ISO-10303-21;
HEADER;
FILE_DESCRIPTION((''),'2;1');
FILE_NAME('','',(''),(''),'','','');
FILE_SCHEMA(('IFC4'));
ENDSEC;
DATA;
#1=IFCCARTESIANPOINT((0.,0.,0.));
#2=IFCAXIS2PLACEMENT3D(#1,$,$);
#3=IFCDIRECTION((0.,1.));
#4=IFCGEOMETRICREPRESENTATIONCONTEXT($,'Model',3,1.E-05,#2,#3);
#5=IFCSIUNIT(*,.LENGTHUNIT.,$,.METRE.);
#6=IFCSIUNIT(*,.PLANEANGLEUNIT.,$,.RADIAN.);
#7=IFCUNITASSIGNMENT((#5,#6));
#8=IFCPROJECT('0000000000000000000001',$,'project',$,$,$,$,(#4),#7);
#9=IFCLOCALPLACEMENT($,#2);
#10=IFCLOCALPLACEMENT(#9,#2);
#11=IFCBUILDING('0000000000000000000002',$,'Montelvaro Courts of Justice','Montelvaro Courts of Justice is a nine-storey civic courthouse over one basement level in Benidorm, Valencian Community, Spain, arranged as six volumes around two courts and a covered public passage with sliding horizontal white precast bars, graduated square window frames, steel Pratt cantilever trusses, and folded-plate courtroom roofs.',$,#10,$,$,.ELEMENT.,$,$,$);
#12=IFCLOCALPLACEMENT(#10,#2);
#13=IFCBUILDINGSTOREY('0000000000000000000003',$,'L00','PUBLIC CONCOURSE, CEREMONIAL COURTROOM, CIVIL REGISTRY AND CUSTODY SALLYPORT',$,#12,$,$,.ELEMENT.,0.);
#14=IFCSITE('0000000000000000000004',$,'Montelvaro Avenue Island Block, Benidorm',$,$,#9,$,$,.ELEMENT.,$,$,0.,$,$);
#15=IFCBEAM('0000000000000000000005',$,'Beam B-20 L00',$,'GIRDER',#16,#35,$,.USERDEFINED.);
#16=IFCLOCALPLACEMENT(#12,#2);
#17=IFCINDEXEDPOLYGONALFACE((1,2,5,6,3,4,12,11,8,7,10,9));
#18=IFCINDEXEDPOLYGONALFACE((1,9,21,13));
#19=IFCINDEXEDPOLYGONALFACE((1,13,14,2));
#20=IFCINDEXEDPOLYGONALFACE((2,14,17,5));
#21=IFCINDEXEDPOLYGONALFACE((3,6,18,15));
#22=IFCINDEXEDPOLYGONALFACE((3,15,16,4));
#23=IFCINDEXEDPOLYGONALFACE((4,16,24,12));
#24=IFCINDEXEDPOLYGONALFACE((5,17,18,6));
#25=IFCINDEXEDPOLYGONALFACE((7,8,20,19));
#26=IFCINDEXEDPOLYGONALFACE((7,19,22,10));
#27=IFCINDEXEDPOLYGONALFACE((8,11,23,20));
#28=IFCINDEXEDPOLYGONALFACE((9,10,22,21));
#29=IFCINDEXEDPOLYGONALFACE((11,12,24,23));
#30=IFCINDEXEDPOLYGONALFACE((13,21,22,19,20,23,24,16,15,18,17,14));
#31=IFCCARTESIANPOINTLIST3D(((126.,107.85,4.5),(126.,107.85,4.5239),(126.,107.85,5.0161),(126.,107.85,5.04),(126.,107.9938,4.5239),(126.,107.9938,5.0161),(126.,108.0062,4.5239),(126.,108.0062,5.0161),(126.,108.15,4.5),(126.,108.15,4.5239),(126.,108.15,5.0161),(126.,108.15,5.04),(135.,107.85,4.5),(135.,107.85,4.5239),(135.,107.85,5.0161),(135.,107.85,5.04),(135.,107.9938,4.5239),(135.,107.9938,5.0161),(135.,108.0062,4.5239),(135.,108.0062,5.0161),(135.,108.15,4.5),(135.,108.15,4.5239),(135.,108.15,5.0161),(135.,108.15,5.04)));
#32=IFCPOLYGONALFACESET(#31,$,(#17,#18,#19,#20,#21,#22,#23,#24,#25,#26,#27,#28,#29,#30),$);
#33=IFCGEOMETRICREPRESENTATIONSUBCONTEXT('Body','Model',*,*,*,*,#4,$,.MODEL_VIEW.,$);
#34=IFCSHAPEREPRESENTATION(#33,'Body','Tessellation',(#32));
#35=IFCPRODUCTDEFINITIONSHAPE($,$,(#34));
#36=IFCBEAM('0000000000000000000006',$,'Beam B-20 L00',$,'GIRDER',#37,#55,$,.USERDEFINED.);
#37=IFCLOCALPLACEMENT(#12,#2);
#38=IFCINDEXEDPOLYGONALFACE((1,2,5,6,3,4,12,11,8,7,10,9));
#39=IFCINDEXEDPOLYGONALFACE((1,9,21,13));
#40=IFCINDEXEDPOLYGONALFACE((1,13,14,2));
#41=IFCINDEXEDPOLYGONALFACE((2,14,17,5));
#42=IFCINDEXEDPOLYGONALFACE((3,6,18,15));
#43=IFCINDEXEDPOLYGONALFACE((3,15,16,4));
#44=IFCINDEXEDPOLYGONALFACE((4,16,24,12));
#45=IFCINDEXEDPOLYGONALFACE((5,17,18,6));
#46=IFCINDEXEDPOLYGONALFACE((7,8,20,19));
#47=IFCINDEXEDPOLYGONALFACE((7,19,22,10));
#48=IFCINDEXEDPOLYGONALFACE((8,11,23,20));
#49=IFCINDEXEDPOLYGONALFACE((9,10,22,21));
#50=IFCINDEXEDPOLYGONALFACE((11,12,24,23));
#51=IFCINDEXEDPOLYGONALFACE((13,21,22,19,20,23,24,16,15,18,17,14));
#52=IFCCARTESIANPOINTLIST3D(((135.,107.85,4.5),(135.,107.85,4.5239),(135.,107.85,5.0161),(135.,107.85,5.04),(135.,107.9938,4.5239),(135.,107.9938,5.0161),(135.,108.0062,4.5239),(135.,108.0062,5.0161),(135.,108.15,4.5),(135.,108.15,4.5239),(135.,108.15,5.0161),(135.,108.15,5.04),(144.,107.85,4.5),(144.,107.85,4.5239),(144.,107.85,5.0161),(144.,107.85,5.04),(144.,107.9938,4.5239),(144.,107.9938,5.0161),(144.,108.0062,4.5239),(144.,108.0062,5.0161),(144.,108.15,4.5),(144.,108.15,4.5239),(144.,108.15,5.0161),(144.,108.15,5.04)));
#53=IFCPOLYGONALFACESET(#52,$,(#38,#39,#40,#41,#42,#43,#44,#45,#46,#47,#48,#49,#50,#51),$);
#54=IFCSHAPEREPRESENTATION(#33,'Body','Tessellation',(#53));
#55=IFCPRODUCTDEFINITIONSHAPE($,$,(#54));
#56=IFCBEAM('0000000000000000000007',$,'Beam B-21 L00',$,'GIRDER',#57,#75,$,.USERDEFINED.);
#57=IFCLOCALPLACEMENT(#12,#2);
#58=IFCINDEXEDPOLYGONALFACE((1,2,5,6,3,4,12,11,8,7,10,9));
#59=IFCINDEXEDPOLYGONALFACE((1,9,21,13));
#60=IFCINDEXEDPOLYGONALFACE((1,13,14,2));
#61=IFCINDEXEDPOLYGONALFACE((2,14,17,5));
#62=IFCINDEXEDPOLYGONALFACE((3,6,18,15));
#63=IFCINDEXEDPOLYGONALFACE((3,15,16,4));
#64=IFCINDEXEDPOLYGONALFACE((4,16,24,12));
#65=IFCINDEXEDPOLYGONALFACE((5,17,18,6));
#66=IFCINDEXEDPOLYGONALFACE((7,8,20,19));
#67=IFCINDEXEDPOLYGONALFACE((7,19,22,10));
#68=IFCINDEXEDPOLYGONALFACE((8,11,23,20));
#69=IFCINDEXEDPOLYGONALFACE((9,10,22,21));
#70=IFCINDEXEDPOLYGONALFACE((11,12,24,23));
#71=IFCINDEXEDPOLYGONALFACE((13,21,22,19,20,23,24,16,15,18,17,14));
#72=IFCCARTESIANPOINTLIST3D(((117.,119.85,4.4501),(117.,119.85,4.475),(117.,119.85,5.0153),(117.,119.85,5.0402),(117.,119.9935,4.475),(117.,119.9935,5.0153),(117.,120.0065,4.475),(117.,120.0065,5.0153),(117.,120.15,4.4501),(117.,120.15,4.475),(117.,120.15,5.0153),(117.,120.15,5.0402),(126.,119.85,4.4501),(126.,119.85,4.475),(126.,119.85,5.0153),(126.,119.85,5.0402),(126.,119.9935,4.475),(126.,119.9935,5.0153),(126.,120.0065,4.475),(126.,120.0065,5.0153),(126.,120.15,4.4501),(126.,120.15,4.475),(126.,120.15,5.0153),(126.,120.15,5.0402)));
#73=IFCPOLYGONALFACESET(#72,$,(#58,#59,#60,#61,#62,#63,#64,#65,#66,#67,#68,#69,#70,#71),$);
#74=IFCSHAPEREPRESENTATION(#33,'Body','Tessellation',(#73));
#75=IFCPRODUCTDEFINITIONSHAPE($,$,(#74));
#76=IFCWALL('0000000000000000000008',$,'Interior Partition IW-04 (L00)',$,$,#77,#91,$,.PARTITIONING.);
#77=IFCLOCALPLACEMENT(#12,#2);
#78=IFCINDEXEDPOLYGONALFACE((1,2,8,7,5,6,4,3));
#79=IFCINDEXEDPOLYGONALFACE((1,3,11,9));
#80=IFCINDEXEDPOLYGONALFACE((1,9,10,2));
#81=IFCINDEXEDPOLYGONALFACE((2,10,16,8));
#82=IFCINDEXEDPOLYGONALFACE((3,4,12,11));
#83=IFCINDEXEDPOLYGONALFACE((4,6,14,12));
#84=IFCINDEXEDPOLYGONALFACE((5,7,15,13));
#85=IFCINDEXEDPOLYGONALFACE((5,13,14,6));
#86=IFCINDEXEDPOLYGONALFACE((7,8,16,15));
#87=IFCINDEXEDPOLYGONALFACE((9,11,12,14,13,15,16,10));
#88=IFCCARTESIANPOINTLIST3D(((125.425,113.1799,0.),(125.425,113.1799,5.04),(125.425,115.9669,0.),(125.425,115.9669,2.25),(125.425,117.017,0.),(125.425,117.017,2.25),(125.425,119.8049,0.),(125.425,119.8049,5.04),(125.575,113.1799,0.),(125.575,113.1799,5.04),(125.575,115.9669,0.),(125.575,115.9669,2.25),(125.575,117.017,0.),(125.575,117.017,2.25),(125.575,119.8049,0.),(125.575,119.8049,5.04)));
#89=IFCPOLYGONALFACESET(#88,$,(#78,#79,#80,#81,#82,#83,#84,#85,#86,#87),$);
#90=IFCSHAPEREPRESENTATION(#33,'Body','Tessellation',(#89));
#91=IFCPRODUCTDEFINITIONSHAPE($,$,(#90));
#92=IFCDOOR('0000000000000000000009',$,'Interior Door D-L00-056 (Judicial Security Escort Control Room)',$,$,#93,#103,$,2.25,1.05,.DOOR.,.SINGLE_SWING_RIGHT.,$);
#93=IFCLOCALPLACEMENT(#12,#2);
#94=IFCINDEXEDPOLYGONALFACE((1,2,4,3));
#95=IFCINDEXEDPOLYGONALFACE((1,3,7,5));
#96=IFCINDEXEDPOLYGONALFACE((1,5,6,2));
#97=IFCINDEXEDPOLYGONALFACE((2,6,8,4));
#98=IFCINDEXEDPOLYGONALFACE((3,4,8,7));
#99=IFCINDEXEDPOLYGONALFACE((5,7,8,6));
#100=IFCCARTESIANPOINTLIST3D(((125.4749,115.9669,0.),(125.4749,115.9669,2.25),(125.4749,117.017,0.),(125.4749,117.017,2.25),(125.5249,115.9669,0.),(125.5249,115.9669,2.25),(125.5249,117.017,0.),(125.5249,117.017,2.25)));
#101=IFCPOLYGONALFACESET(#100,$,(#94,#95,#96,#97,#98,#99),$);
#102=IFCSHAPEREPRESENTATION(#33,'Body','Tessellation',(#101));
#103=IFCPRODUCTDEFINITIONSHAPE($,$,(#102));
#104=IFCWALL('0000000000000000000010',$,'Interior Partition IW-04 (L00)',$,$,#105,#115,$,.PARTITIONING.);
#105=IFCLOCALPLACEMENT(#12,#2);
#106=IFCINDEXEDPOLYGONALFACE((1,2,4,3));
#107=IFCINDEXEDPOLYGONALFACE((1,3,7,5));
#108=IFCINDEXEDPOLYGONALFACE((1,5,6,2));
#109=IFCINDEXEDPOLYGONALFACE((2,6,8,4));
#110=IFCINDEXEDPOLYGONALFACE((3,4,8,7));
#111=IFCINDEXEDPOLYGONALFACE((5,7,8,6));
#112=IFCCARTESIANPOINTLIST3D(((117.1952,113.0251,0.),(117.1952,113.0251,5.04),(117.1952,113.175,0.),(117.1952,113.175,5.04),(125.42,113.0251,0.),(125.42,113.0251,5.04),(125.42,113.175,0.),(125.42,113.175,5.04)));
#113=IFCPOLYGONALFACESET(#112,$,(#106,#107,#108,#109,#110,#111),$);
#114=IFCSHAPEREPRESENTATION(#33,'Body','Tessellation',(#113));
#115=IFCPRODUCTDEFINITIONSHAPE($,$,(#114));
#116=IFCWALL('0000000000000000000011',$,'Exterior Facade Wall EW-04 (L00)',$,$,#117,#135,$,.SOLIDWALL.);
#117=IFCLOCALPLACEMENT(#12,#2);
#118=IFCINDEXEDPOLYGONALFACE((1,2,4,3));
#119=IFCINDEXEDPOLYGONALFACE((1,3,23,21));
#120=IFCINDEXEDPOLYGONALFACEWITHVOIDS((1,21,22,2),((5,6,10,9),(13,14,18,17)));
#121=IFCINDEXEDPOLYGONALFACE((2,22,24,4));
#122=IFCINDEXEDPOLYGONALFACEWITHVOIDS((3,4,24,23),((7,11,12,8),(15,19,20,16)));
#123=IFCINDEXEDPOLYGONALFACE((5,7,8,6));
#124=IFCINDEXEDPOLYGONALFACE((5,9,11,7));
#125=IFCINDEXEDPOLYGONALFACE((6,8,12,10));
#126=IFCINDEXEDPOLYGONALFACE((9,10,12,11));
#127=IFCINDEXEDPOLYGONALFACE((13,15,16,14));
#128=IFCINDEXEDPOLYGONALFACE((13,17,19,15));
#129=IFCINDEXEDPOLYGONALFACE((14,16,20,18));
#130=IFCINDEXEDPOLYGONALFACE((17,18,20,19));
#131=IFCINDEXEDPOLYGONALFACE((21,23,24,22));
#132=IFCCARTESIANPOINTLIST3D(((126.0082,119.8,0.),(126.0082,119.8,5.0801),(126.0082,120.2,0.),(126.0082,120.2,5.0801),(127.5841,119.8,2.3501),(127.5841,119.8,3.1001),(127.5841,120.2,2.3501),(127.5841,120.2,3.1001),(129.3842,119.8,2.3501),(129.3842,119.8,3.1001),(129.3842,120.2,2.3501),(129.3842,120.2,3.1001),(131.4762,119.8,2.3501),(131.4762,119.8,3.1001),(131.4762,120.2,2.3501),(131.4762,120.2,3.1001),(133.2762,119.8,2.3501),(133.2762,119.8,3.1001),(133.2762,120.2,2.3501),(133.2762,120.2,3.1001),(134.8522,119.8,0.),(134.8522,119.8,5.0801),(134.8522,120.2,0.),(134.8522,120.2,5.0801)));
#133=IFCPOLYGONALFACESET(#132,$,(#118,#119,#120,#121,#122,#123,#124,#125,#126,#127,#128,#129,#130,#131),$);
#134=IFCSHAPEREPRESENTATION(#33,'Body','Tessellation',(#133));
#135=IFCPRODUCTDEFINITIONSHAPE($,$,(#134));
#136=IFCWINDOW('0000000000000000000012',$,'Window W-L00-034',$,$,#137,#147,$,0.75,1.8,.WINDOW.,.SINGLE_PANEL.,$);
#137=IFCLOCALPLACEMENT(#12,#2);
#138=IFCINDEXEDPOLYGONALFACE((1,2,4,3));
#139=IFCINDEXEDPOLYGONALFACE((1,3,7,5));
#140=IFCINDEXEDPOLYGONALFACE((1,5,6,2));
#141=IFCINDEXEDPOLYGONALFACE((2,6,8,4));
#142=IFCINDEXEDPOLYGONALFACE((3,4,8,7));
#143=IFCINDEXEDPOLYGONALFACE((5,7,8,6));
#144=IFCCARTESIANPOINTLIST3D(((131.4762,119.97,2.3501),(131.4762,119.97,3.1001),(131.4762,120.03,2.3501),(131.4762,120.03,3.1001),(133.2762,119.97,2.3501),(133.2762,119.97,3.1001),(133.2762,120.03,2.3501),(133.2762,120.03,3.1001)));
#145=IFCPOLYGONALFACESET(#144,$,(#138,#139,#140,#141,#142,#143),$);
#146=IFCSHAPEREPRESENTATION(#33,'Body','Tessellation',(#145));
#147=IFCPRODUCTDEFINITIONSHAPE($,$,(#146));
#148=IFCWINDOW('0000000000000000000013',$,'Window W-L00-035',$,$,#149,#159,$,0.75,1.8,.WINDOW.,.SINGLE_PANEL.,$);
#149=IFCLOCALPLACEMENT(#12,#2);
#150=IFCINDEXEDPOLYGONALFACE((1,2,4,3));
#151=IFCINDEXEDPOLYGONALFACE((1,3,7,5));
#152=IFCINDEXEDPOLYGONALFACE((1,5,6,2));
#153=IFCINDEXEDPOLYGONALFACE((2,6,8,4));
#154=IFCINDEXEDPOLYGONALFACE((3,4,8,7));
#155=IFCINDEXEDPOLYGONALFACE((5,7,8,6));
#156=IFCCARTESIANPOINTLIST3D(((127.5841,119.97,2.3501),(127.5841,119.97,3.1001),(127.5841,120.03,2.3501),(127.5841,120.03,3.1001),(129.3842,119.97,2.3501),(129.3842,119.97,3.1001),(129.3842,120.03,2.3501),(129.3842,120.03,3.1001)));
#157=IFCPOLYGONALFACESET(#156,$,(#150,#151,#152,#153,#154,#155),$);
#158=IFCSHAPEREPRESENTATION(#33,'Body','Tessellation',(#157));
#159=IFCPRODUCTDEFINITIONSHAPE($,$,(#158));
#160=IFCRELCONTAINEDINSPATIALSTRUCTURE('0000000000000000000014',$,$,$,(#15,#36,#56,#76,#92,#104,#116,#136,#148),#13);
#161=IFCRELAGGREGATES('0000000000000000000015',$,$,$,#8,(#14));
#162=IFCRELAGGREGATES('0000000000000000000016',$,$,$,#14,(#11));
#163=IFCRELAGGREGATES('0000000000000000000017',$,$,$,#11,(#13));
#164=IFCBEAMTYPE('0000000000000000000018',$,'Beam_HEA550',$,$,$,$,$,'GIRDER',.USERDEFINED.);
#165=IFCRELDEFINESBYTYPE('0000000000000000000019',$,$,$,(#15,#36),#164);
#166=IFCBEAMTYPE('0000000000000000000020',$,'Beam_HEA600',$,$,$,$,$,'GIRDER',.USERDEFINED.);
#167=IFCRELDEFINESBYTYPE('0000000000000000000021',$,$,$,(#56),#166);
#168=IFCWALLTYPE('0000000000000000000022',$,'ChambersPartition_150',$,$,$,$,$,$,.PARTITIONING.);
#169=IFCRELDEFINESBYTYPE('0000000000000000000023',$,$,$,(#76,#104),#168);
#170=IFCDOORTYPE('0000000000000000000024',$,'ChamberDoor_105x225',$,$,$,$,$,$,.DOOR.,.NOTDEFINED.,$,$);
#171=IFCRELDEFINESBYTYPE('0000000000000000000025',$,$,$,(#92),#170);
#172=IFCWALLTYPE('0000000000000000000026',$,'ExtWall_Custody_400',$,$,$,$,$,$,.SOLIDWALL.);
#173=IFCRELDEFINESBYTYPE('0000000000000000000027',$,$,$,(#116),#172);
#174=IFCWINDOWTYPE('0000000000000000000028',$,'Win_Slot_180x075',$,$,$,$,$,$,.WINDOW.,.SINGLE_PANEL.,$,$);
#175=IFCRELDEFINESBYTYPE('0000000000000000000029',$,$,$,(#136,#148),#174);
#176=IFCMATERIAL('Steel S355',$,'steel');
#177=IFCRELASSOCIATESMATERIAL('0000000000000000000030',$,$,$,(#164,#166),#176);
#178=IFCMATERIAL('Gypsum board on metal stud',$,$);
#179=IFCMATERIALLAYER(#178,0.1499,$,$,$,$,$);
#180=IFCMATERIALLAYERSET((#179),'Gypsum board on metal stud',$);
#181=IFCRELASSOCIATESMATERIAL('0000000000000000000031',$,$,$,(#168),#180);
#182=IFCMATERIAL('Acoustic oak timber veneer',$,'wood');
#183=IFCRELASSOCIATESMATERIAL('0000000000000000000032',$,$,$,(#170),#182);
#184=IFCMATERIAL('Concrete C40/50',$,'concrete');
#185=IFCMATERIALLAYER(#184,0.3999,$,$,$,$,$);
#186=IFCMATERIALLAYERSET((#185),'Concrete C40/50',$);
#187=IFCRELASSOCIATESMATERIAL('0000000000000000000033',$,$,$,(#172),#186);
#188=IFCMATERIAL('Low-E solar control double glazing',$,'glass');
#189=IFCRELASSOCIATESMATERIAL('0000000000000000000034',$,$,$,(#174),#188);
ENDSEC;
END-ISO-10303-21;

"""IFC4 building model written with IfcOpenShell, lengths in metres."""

from ifc_helpers import new_model, si_unit, direction, frame, frame_2d, origin, origin_2d, place, context, subcontext, project, spatial, rectangle, i_section, extrude, material, layer, layer_set, material_profile, profile_set, type_object, element, fill, save


model = new_model("IFC4")

# Units and contexts
model_context = context("Model", 3, precision=1e-05, world=origin(), true_north=direction((0.0, 1.0)))
body_context = subcontext(model_context, "Body", "Model", "MODEL_VIEW")
ifc_project = project(units=[si_unit("LENGTHUNIT", "METRE"), si_unit("PLANEANGLEUNIT", "RADIAN")], contexts=[model_context])

# Site, building, storey
site_placement = place(None, origin())
site = spatial("IfcSite", under=ifc_project, at=site_placement, Name="Montelvaro Avenue Island Block, Benidorm", CompositionType="ELEMENT", RefElevation=0.0)
building_placement = place(site_placement, origin())
building = spatial("IfcBuilding", under=site, at=building_placement, Name="Montelvaro Courts of Justice", Description="Montelvaro Courts of Justice is a nine-storey civic courthouse over one basement level in Benidorm, Valencian Community, Spain, arranged as six volumes around two courts and a covered public passage with sliding horizontal white precast bars, graduated square window frames, steel Pratt cantilever trusses, and folded-plate courtroom roofs.", CompositionType="ELEMENT")
storey_placement = place(building_placement, origin())
storey = spatial("IfcBuildingStorey", under=building, at=storey_placement, Name="L00", Description="PUBLIC CONCOURSE, CEREMONIAL COURTROOM, CIVIL REGISTRY AND CUSTODY SALLYPORT", CompositionType="ELEMENT", Elevation=0.0)

# Shared definitions
ifc_material_1 = material(Name="Steel S355", Category="steel")

# Beams
ifc_material_profile_1 = material_profile(ifc_material_1, i_section(OverallWidth=0.3, OverallDepth=0.54, WebThickness=0.0125, FlangeThickness=0.0239, at=origin_2d()), Name="HEA 550")
ifc_profile_set_1 = profile_set([ifc_material_profile_1], Name="Steel S355")
beam_type_1 = type_object("IfcBeamType", Name="Beam_HEA550", ElementType="GIRDER", PredefinedType="USERDEFINED", material=ifc_profile_set_1)
for number, where, z_axis, x_axis, name in (
    (1, (126.0, 108.0, 4.77), (1.0, 0.0, 0.0), (0.0, 1.0, 0.0), "Beam B-20 L00"),
    (2, (135.0, 108.0, 4.77), (1.0, 0.0, 0.0), (0.0, 1.0, 0.0), "Beam B-20 L00"),
):
    element("IfcBeam", number, at=place(storey_placement, frame(where, z_axis=z_axis, x_axis=x_axis)), inside=storey, type_object=beam_type_1, Name=name, ObjectType="GIRDER", PredefinedType="USERDEFINED", context=body_context, shape_type="SweptSolid", body=[
        extrude(i_section(OverallWidth=0.3, OverallDepth=0.54, WebThickness=0.0125, FlangeThickness=0.0239, at=origin_2d()), origin(), (0.0, 0.0, 1.0), 9.0),
    ])
ifc_material_profile_2 = material_profile(ifc_material_1, i_section(OverallWidth=0.3, OverallDepth=0.5901, WebThickness=0.0129, FlangeThickness=0.0249, at=origin_2d()), Name="HEA 600")
ifc_profile_set_2 = profile_set([ifc_material_profile_2], Name="Steel S355")
beam_type_2 = type_object("IfcBeamType", Name="Beam_HEA600", ElementType="GIRDER", PredefinedType="USERDEFINED", material=ifc_profile_set_2)
beam_1_placement = place(storey_placement, frame((117.0, 120.0, 4.7451), z_axis=(1.0, 0.0, 0.0), x_axis=(0.0, 1.0, 0.0)))
element("IfcBeam", 3, at=beam_1_placement, inside=storey, type_object=beam_type_2, Name="Beam B-21 L00", ObjectType="GIRDER", PredefinedType="USERDEFINED", context=body_context, shape_type="SweptSolid", body=[
    extrude(i_section(OverallWidth=0.3, OverallDepth=0.5901, WebThickness=0.0129, FlangeThickness=0.0249, at=origin_2d()), origin(), (0.0, 0.0, 1.0), 9.0),
])

# Wall, opening, door
ifc_material_2 = material(Name="Gypsum board on metal stud")
ifc_layer_1 = layer(ifc_material_2, 0.1499)
ifc_layer_set_1 = layer_set([ifc_layer_1], Name="Gypsum board on metal stud")
wall_type_1 = type_object("IfcWallType", Name="ChambersPartition_150", PredefinedType="PARTITIONING", material=ifc_layer_set_1)
wall_1_placement = place(storey_placement, frame((125.5, 119.8049, 0.0), z_axis=(0.0, 0.0, 1.0), x_axis=(0.0, -1.0, 0.0)))
wall_1 = element("IfcWall", 4, at=wall_1_placement, inside=storey, type_object=wall_type_1, Name="Interior Partition IW-04 (L00)", PredefinedType="PARTITIONING", context=body_context, shape_type="SweptSolid", body=[
    extrude(rectangle(XDim=6.625, YDim=0.1499, at=frame_2d((3.3125, 0.0))), origin(), (0.0, 0.0, 1.0), 5.04),
])
opening_1_placement = place(wall_1_placement, frame((2.7881, 0.0, 0.0)))
opening_1 = element("IfcOpeningElement", 5, at=opening_1_placement, cuts=wall_1, PredefinedType="OPENING", context=body_context, shape_type="SweptSolid", body=[
    extrude(rectangle(XDim=1.05, YDim=2.25, at=frame_2d((0.5249, 1.125))), frame((0.0, 0.0898, 0.0), z_axis=(0.0, -1.0, 0.0), x_axis=(1.0, 0.0, 0.0)), (0.0, 0.0, 1.0), 0.1797),
])
ifc_material_3 = material(Name="Acoustic oak timber veneer", Category="wood")
door_type_1 = type_object("IfcDoorType", Name="ChamberDoor_105x225", OperationType="NOTDEFINED", PredefinedType="DOOR", material=ifc_material_3)
door_1_placement = place(opening_1_placement, origin())
door_1 = element("IfcDoor", 6, at=door_1_placement, inside=storey, type_object=door_type_1, Name="Interior Door D-L00-056 (Judicial Security Escort Control Room)", OperationType="SINGLE_SWING_RIGHT", OverallHeight=2.25, OverallWidth=1.05, PredefinedType="DOOR", context=body_context, shape_type="SweptSolid", body=[
    extrude(rectangle(XDim=1.05, YDim=2.25, at=frame_2d((0.5249, 1.125))), frame((0.0, 0.0249, 0.0), z_axis=(0.0, -1.0, 0.0), x_axis=(1.0, 0.0, 0.0)), (0.0, 0.0, 1.0), 0.05),
])
fill(opening_1, door_1)

# Wall
wall_2_placement = place(storey_placement, frame((125.4199, 113.1001, 0.0), z_axis=(0.0, 0.0, 1.0), x_axis=(-1.0, 0.0, 0.0)))
element("IfcWall", 7, at=wall_2_placement, inside=storey, type_object=wall_type_1, Name="Interior Partition IW-04 (L00)", PredefinedType="PARTITIONING", context=body_context, shape_type="SweptSolid", body=[
    extrude(rectangle(XDim=8.2249, YDim=0.1499, at=frame_2d((4.1123, 0.0))), origin(), (0.0, 0.0, 1.0), 5.04),
])

# Wall, openings, windows
ifc_material_4 = material(Name="Concrete C40/50", Category="concrete")
ifc_layer_2 = layer(ifc_material_4, 0.3999)
ifc_layer_set_2 = layer_set([ifc_layer_2], Name="Concrete C40/50")
wall_type_2 = type_object("IfcWallType", Name="ExtWall_Custody_400", PredefinedType="SOLIDWALL", material=ifc_layer_set_2)
wall_3_placement = place(storey_placement, frame((134.8521, 120.0, 0.0), z_axis=(0.0, 0.0, 1.0), x_axis=(-1.0, 0.0, 0.0)))
wall_3 = element("IfcWall", 8, at=wall_3_placement, inside=storey, type_object=wall_type_2, Name="Exterior Facade Wall EW-04 (L00)", PredefinedType="SOLIDWALL", context=body_context, shape_type="SweptSolid", body=[
    extrude(rectangle(XDim=8.844, YDim=0.3999, at=frame_2d((4.4219, 0.0))), origin(), (0.0, 0.0, 1.0), 5.0801),
])
opening_2_placement = place(wall_3_placement, frame((1.5759, 0.0, 2.3501)))
opening_2 = element("IfcOpeningElement", 9, at=opening_2_placement, cuts=wall_3, PredefinedType="OPENING", context=body_context, shape_type="SweptSolid", body=[
    extrude(rectangle(XDim=1.8, YDim=0.75, at=frame_2d((0.8999, 0.375))), frame((0.0, 0.2148, 0.0), z_axis=(0.0, -1.0, 0.0), x_axis=(1.0, 0.0, 0.0)), (0.0, 0.0, 1.0), 0.4297),
])
opening_3_placement = place(wall_3_placement, frame((5.468, 0.0, 2.3501)))
opening_3 = element("IfcOpeningElement", 10, at=opening_3_placement, cuts=wall_3, PredefinedType="OPENING", context=body_context, shape_type="SweptSolid", body=[
    extrude(rectangle(XDim=1.8, YDim=0.75, at=frame_2d((0.8999, 0.375))), frame((0.0, 0.2148, 0.0), z_axis=(0.0, -1.0, 0.0), x_axis=(1.0, 0.0, 0.0)), (0.0, 0.0, 1.0), 0.4297),
])
ifc_material_5 = material(Name="Low-E solar control double glazing", Category="glass")
window_type_1 = type_object("IfcWindowType", Name="Win_Slot_180x075", PartitioningType="SINGLE_PANEL", PredefinedType="WINDOW", material=ifc_material_5)
window_1_placement = place(opening_2_placement, origin())
window_1 = element("IfcWindow", 11, at=window_1_placement, inside=storey, type_object=window_type_1, Name="Window W-L00-034", OverallHeight=0.75, OverallWidth=1.8, PartitioningType="SINGLE_PANEL", PredefinedType="WINDOW", context=body_context, shape_type="SweptSolid", body=[
    extrude(rectangle(XDim=1.8, YDim=0.75, at=frame_2d((0.8999, 0.375))), frame((0.0, 0.03, 0.0), z_axis=(0.0, -1.0, 0.0), x_axis=(1.0, 0.0, 0.0)), (0.0, 0.0, 1.0), 0.0601),
])
fill(opening_2, window_1)
window_2_placement = place(opening_3_placement, origin())
window_2 = element("IfcWindow", 12, at=window_2_placement, inside=storey, type_object=window_type_1, Name="Window W-L00-035", OverallHeight=0.75, OverallWidth=1.8, PartitioningType="SINGLE_PANEL", PredefinedType="WINDOW", context=body_context, shape_type="SweptSolid", body=[
    extrude(rectangle(XDim=1.8, YDim=0.75, at=frame_2d((0.8999, 0.375))), frame((0.0, 0.03, 0.0), z_axis=(0.0, -1.0, 0.0), x_axis=(1.0, 0.0, 0.0)), (0.0, 0.0, 1.0), 0.0601),
])
fill(opening_3, window_2)

save(model, "model.ifc")
